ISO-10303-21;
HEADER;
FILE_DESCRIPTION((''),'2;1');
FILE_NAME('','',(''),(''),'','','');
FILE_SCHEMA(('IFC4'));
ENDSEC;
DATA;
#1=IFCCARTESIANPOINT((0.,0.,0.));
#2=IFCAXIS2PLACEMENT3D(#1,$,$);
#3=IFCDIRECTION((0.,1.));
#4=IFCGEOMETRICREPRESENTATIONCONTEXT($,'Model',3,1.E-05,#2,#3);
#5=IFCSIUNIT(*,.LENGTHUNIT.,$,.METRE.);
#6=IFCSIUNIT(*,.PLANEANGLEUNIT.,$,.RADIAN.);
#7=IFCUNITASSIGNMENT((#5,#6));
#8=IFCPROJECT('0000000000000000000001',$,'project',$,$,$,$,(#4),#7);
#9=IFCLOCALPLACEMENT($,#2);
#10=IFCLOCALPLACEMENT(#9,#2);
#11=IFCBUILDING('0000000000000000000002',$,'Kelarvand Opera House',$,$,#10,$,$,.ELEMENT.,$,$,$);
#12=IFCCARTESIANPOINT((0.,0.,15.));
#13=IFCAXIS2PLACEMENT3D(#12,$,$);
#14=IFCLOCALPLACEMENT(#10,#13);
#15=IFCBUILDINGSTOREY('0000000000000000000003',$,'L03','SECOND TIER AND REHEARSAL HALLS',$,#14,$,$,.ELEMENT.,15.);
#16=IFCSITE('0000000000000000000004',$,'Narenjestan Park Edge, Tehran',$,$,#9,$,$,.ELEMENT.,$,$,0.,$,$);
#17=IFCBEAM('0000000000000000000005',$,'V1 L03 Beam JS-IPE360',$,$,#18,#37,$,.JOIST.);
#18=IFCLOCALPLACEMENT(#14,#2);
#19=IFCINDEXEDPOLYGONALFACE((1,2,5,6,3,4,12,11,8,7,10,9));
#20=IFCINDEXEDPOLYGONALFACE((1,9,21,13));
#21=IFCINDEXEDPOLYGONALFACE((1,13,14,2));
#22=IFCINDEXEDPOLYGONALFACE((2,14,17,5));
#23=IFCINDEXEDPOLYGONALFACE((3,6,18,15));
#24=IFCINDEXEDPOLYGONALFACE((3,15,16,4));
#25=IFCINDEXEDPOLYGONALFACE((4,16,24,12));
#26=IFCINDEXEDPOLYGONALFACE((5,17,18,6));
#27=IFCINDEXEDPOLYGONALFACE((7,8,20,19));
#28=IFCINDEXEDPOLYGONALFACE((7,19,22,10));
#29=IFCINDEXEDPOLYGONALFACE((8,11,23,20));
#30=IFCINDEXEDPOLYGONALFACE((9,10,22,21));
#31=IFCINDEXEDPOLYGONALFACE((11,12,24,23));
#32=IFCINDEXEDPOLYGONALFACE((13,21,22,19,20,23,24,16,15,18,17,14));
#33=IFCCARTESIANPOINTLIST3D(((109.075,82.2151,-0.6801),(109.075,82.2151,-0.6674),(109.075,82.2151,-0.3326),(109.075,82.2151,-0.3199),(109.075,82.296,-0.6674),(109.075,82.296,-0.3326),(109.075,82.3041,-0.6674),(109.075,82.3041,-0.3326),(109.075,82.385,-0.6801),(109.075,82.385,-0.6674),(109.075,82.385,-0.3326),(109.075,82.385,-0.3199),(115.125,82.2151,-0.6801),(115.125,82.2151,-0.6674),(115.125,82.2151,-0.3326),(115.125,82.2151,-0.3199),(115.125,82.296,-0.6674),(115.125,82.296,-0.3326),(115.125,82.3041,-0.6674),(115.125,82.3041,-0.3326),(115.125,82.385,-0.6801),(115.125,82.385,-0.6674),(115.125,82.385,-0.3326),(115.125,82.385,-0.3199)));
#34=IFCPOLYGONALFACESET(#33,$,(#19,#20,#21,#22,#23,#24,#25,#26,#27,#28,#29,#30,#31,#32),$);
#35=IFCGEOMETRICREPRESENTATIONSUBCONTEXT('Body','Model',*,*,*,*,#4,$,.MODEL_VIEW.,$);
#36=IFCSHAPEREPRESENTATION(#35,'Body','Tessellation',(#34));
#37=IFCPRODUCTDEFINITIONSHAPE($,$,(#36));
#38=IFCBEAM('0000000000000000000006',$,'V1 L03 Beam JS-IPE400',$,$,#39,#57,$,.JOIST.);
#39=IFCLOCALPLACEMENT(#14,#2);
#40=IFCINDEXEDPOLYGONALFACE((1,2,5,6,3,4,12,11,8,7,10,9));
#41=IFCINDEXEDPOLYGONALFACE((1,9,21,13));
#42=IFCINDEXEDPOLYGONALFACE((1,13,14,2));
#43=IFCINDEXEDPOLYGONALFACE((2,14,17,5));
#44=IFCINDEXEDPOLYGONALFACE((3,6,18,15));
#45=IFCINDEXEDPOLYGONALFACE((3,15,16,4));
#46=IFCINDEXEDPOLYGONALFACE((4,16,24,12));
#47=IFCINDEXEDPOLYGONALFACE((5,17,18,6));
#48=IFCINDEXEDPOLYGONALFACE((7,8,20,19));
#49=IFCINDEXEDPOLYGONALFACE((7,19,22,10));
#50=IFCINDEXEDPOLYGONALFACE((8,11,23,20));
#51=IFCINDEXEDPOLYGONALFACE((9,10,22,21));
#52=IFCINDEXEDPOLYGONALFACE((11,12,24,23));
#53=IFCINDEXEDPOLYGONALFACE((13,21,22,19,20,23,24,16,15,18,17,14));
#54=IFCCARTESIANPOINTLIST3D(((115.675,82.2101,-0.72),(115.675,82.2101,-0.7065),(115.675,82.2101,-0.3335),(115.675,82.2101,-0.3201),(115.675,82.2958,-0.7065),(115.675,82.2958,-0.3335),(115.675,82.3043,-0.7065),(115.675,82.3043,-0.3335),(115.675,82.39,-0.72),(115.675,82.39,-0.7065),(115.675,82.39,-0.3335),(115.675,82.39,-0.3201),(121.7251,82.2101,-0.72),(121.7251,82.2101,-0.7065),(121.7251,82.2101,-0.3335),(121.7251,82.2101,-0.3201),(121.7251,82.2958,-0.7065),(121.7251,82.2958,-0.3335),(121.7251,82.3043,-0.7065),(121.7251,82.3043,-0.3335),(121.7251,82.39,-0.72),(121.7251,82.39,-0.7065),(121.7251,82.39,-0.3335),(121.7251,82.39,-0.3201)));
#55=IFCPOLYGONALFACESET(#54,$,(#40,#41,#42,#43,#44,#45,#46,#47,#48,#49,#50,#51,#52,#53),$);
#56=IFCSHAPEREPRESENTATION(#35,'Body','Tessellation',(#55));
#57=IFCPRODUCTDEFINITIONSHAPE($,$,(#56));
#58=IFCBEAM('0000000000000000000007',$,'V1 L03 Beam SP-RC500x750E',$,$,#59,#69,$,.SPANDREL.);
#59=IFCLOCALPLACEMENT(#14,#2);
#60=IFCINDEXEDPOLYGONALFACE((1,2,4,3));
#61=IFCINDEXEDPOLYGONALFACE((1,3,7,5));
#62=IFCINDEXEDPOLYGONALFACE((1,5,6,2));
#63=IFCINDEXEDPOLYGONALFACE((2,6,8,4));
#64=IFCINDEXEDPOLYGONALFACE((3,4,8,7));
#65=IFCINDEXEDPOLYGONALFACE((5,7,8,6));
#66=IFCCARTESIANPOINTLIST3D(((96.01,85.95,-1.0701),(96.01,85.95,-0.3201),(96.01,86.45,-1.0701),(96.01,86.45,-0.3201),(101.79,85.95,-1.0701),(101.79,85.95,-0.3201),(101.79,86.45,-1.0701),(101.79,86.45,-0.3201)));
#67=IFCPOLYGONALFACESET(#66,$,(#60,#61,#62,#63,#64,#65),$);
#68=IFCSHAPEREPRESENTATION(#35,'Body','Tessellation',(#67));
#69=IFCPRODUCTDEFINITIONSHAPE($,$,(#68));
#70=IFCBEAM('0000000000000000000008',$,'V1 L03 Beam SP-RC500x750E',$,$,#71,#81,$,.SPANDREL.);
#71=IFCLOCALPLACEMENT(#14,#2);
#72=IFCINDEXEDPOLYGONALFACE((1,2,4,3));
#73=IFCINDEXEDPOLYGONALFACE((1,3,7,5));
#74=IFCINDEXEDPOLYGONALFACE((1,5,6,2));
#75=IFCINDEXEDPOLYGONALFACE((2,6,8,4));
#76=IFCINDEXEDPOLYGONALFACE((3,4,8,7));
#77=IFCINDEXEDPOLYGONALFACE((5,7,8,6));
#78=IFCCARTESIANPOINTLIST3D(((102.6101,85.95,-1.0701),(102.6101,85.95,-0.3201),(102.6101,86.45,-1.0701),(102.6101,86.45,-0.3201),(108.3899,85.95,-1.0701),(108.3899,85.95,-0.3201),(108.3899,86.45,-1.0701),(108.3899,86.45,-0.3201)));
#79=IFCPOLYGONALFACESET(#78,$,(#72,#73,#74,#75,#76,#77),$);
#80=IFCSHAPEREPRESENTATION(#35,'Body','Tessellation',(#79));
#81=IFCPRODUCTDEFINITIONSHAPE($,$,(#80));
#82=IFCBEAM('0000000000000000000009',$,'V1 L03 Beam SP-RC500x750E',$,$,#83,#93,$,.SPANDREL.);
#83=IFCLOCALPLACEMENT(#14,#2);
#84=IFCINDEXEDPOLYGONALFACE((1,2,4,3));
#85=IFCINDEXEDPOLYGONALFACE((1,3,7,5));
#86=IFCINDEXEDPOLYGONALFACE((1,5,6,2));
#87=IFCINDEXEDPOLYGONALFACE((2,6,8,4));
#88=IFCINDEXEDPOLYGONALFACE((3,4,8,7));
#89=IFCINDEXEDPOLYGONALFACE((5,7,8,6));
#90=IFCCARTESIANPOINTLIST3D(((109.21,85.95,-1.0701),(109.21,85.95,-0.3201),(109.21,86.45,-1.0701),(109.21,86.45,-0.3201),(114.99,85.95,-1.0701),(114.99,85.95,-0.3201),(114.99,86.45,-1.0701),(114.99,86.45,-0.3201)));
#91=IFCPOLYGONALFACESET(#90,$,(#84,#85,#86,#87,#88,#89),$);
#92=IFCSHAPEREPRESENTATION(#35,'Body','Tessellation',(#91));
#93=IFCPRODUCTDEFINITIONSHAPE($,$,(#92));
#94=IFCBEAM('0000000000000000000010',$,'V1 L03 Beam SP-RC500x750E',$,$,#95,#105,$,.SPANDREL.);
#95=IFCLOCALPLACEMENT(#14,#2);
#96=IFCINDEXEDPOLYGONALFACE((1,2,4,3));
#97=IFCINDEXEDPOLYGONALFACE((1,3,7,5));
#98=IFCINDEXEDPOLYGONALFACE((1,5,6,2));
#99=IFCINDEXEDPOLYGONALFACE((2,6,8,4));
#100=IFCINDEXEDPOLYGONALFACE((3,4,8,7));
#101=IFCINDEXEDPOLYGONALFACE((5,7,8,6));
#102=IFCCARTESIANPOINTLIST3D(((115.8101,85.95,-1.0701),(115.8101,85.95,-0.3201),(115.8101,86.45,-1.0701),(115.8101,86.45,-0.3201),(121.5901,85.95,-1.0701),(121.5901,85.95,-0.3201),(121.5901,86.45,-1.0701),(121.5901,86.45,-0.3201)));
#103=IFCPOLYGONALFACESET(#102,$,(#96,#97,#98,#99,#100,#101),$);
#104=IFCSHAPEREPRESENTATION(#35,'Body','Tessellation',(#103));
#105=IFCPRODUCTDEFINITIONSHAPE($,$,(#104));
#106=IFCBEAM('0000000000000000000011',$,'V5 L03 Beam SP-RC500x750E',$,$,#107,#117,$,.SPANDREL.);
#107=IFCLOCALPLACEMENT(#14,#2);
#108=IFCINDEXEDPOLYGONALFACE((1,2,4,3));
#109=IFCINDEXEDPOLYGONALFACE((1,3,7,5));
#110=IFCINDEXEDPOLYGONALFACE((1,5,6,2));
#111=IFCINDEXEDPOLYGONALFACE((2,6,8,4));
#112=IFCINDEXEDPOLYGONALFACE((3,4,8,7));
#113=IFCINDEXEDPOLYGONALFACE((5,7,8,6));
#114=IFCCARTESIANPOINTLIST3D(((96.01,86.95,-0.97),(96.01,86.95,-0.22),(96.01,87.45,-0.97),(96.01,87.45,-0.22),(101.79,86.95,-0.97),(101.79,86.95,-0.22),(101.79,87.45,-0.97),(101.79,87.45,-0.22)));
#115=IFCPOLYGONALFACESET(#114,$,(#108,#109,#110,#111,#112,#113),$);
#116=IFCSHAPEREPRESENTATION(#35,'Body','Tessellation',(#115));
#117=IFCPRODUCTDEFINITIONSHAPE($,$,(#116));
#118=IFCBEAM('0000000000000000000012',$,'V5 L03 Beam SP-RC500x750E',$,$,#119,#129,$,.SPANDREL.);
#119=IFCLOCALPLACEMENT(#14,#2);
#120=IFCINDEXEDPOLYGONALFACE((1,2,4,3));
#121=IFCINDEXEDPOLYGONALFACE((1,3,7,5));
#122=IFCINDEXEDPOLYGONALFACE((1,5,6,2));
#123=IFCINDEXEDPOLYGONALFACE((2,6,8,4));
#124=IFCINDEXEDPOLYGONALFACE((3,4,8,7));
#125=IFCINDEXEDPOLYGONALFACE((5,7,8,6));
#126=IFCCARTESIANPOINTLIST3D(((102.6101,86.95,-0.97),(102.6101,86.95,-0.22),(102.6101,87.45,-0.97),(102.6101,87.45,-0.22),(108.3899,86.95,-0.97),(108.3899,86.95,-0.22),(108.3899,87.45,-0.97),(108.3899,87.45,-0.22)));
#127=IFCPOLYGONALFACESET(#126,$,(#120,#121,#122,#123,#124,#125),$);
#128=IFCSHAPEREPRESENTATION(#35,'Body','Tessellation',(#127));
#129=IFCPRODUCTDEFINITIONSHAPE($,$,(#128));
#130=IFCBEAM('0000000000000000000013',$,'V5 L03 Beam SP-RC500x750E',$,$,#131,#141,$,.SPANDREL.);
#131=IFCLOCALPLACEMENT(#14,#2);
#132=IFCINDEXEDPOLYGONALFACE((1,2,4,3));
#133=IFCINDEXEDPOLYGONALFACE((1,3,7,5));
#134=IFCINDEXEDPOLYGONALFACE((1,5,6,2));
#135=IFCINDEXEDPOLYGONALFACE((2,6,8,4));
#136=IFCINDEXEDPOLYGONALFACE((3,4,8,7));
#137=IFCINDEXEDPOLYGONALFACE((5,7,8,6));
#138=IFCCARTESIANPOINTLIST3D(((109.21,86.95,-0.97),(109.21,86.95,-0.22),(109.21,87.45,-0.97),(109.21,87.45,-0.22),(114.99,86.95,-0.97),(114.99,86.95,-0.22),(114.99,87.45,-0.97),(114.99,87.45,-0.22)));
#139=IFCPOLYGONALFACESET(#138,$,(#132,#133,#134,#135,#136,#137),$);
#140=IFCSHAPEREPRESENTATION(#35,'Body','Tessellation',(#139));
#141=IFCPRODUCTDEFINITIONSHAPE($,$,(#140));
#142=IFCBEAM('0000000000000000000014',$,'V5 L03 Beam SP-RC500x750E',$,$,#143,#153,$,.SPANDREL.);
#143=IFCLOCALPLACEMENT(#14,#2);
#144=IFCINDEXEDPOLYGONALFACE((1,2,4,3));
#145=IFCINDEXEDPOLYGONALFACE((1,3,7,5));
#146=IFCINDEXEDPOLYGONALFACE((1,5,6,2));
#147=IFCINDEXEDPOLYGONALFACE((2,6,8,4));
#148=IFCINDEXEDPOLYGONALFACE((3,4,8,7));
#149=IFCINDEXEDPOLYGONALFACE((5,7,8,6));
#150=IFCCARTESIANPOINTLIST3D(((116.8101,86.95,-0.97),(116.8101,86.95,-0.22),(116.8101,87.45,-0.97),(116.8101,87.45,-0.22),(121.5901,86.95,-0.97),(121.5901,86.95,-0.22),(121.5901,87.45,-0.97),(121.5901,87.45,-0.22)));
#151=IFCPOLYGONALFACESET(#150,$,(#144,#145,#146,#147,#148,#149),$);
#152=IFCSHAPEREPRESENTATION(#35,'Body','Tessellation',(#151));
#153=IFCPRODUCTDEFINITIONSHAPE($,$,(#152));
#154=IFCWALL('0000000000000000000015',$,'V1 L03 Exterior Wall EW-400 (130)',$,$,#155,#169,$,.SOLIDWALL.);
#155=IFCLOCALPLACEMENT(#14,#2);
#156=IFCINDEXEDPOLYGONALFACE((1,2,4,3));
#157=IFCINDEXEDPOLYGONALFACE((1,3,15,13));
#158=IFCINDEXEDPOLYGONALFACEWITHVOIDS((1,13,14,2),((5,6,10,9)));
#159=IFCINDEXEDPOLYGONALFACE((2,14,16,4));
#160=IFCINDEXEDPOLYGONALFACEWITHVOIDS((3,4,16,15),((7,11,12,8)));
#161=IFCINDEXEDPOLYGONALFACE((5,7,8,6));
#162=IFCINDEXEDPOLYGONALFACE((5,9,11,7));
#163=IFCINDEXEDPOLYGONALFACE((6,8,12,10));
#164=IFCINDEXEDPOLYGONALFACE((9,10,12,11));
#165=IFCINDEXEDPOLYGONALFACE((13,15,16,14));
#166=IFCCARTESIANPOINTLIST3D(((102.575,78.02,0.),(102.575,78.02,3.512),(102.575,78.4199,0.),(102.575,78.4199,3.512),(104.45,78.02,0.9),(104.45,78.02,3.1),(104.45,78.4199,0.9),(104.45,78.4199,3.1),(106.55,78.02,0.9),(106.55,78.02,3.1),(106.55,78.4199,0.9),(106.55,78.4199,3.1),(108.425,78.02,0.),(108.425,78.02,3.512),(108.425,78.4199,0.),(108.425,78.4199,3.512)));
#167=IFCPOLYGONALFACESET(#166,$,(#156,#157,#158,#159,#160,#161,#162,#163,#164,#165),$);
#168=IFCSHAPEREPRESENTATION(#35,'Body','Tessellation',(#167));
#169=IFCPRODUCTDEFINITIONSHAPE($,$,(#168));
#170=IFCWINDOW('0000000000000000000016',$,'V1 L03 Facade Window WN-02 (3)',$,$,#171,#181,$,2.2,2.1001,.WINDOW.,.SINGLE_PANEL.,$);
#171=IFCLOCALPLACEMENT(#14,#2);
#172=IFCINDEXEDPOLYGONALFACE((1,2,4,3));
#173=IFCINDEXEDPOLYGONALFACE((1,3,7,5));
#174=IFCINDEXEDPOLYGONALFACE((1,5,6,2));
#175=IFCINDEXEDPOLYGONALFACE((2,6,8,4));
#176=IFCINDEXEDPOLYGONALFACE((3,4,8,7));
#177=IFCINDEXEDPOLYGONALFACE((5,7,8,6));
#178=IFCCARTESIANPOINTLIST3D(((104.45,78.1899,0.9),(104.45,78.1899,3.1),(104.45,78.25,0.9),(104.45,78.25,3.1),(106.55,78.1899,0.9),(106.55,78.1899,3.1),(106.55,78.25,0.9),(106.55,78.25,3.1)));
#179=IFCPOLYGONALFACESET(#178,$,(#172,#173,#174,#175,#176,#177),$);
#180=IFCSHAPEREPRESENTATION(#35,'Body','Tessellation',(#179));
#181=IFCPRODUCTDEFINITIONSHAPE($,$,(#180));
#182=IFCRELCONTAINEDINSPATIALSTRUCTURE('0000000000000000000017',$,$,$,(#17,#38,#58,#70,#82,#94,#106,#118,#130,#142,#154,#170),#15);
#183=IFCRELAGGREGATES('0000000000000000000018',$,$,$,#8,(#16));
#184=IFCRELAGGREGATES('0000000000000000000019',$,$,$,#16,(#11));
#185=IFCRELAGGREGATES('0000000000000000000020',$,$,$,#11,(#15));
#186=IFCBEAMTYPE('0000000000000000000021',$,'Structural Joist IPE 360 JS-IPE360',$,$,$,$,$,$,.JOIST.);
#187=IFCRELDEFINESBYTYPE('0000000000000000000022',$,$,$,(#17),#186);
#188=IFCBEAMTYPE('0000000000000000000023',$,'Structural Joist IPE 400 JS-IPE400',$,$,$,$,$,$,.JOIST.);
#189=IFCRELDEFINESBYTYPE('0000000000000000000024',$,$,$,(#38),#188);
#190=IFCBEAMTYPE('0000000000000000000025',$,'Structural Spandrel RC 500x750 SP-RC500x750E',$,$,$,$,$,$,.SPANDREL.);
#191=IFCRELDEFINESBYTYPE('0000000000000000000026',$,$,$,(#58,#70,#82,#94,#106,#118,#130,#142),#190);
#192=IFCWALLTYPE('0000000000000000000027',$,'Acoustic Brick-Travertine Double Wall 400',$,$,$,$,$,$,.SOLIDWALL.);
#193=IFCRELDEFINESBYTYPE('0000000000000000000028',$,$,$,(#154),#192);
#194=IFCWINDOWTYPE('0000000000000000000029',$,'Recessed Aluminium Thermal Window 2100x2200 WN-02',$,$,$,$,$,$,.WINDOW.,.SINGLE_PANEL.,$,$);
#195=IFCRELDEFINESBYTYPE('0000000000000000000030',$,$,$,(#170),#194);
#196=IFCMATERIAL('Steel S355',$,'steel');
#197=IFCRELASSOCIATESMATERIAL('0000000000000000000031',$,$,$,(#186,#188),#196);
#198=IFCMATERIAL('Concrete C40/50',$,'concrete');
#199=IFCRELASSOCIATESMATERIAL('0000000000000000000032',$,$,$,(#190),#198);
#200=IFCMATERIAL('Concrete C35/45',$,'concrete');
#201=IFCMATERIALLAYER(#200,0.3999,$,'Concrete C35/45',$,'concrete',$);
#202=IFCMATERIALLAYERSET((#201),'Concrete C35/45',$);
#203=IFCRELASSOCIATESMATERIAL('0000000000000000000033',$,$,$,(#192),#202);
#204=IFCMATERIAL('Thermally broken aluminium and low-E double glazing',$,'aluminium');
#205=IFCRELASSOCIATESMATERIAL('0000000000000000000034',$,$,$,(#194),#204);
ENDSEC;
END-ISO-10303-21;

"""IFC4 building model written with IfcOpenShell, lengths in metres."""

from ifc_helpers import new_model, si_unit, direction, frame, frame_2d, origin, origin_2d, place, context, subcontext, project, spatial, rectangle, i_section, extrude, material, layer, layer_set, material_profile, profile_set, type_object, element, fill, save


model = new_model("IFC4")

# Units and contexts
model_context = context("Model", 3, precision=1e-05, world=origin(), true_north=direction((0.0, 1.0)))
body_context = subcontext(model_context, "Body", "Model", "MODEL_VIEW")
ifc_project = project(units=[si_unit("LENGTHUNIT", "METRE"), si_unit("PLANEANGLEUNIT", "RADIAN")], contexts=[model_context])

# Site, building, storey
site_placement = place(None, origin())
site = spatial("IfcSite", under=ifc_project, at=site_placement, Name="Narenjestan Park Edge, Tehran", CompositionType="ELEMENT", RefElevation=0.0)
building_placement = place(site_placement, origin())
building = spatial("IfcBuilding", under=site, at=building_placement, Name="Kelarvand Opera House", CompositionType="ELEMENT")
storey_placement = place(building_placement, frame((0.0, 0.0, 15.0)))
storey = spatial("IfcBuildingStorey", under=building, at=storey_placement, Name="L03", Description="SECOND TIER AND REHEARSAL HALLS", CompositionType="ELEMENT", Elevation=15.0)

# Shared definitions
ifc_material_1 = material(Name="Concrete C40/50", Category="concrete")

# Shared definitions
ifc_material_2 = material(Name="Concrete C35/45", Category="concrete")

# Shared definitions
ifc_material_3 = material(Name="Steel S355", Category="steel")

# Beams
ifc_material_profile_1 = material_profile(ifc_material_3, i_section(OverallWidth=0.1699, OverallDepth=0.3601, WebThickness=0.0081, FlangeThickness=0.0127, at=origin_2d()), Name="IPE 360", Category="steel")
ifc_profile_set_1 = profile_set([ifc_material_profile_1], Name="Steel S355")
beam_type_1 = type_object("IfcBeamType", Name="Structural Joist IPE 360 JS-IPE360", PredefinedType="JOIST", material=ifc_profile_set_1)
beam_1_placement = place(storey_placement, frame((109.075, 82.3, -0.5), z_axis=(1.0, 0.0, 0.0), x_axis=(0.0, 1.0, 0.0)))
element("IfcBeam", 1, at=beam_1_placement, inside=storey, type_object=beam_type_1, Name="V1 L03 Beam JS-IPE360", PredefinedType="JOIST", context=body_context, shape_type="SweptSolid", body=[
    extrude(i_section(OverallWidth=0.1699, OverallDepth=0.3601, WebThickness=0.0081, FlangeThickness=0.0127, at=origin_2d()), origin(), (0.0, 0.0, 1.0), 6.05),
])
ifc_material_profile_2 = material_profile(ifc_material_3, i_section(OverallWidth=0.1799, OverallDepth=0.3999, WebThickness=0.0085, FlangeThickness=0.0134, at=origin_2d()), Name="IPE 400", Category="steel")
ifc_profile_set_2 = profile_set([ifc_material_profile_2], Name="Steel S355")
beam_type_2 = type_object("IfcBeamType", Name="Structural Joist IPE 400 JS-IPE400", PredefinedType="JOIST", material=ifc_profile_set_2)
beam_2_placement = place(storey_placement, frame((115.675, 82.3, -0.52), z_axis=(1.0, 0.0, 0.0), x_axis=(0.0, 1.0, 0.0)))
element("IfcBeam", 2, at=beam_2_placement, inside=storey, type_object=beam_type_2, Name="V1 L03 Beam JS-IPE400", PredefinedType="JOIST", context=body_context, shape_type="SweptSolid", body=[
    extrude(i_section(OverallWidth=0.1799, OverallDepth=0.3999, WebThickness=0.0085, FlangeThickness=0.0134, at=origin_2d()), origin(), (0.0, 0.0, 1.0), 6.05),
])
ifc_material_profile_3 = material_profile(ifc_material_1, rectangle(XDim=0.5, YDim=0.75, at=origin_2d()), Name="RC 500x750", Category="concrete")
ifc_profile_set_3 = profile_set([ifc_material_profile_3], Name="Concrete C40/50")
beam_type_3 = type_object("IfcBeamType", Name="Structural Spandrel RC 500x750 SP-RC500x750E", PredefinedType="SPANDREL", material=ifc_profile_set_3)
beam_3_placement = place(storey_placement, frame((96.01, 86.2, -0.6951), z_axis=(1.0, 0.0, 0.0), x_axis=(0.0, 1.0, 0.0)))
element("IfcBeam", 3, at=beam_3_placement, inside=storey, type_object=beam_type_3, Name="V1 L03 Beam SP-RC500x750E", PredefinedType="SPANDREL", context=body_context, shape_type="SweptSolid", body=[
    extrude(rectangle(XDim=0.5, YDim=0.75, at=origin_2d()), origin(), (0.0, 0.0, 1.0), 5.78),
])
beam_4_placement = place(storey_placement, frame((102.6101, 86.2, -0.6951), z_axis=(1.0, 0.0, 0.0), x_axis=(0.0, 1.0, 0.0)))
element("IfcBeam", 4, at=beam_4_placement, inside=storey, type_object=beam_type_3, Name="V1 L03 Beam SP-RC500x750E", PredefinedType="SPANDREL", context=body_context, shape_type="SweptSolid", body=[
    extrude(rectangle(XDim=0.5, YDim=0.75, at=origin_2d()), origin(), (0.0, 0.0, 1.0), 5.7798),
])
for number, where, z_axis, x_axis, name in (
    (5, (109.21, 86.2, -0.6951), (1.0, 0.0, 0.0), (0.0, 1.0, 0.0), "V1 L03 Beam SP-RC500x750E"),
    (6, (115.8101, 86.2, -0.6951), (1.0, 0.0, 0.0), (0.0, 1.0, 0.0), "V1 L03 Beam SP-RC500x750E"),
    (7, (96.01, 87.2, -0.595), (1.0, 0.0, 0.0), (0.0, 1.0, 0.0), "V5 L03 Beam SP-RC500x750E"),
):
    element("IfcBeam", number, at=place(storey_placement, frame(where, z_axis=z_axis, x_axis=x_axis)), inside=storey, type_object=beam_type_3, Name=name, PredefinedType="SPANDREL", context=body_context, shape_type="SweptSolid", body=[
        extrude(rectangle(XDim=0.5, YDim=0.75, at=origin_2d()), origin(), (0.0, 0.0, 1.0), 5.78),
    ])
beam_5_placement = place(storey_placement, frame((102.6101, 87.2, -0.595), z_axis=(1.0, 0.0, 0.0), x_axis=(0.0, 1.0, 0.0)))
element("IfcBeam", 8, at=beam_5_placement, inside=storey, type_object=beam_type_3, Name="V5 L03 Beam SP-RC500x750E", PredefinedType="SPANDREL", context=body_context, shape_type="SweptSolid", body=[
    extrude(rectangle(XDim=0.5, YDim=0.75, at=origin_2d()), origin(), (0.0, 0.0, 1.0), 5.7798),
])
beam_6_placement = place(storey_placement, frame((109.21, 87.2, -0.595), z_axis=(1.0, 0.0, 0.0), x_axis=(0.0, 1.0, 0.0)))
element("IfcBeam", 9, at=beam_6_placement, inside=storey, type_object=beam_type_3, Name="V5 L03 Beam SP-RC500x750E", PredefinedType="SPANDREL", context=body_context, shape_type="SweptSolid", body=[
    extrude(rectangle(XDim=0.5, YDim=0.75, at=origin_2d()), origin(), (0.0, 0.0, 1.0), 5.78),
])
beam_7_placement = place(storey_placement, frame((116.8101, 87.2, -0.595), z_axis=(1.0, 0.0, 0.0), x_axis=(0.0, 1.0, 0.0)))
element("IfcBeam", 10, at=beam_7_placement, inside=storey, type_object=beam_type_3, Name="V5 L03 Beam SP-RC500x750E", PredefinedType="SPANDREL", context=body_context, shape_type="SweptSolid", body=[
    extrude(rectangle(XDim=0.5, YDim=0.75, at=origin_2d()), origin(), (0.0, 0.0, 1.0), 4.78),
])

# Wall, opening, window
ifc_layer = layer(ifc_material_2, 0.3999, Name="Concrete C35/45", Category="concrete")
ifc_layer_set = layer_set([ifc_layer], Name="Concrete C35/45")
wall_type = type_object("IfcWallType", Name="Acoustic Brick-Travertine Double Wall 400", PredefinedType="SOLIDWALL", material=ifc_layer_set)
wall_placement = place(storey_placement, frame((102.575, 78.22, 0.0), z_axis=(0.0, 0.0, 1.0), x_axis=(1.0, 0.0, 0.0)))
wall = element("IfcWall", 11, at=wall_placement, inside=storey, type_object=wall_type, Name="V1 L03 Exterior Wall EW-400 (130)", PredefinedType="SOLIDWALL", context=body_context, shape_type="SweptSolid", body=[
    extrude(rectangle(XDim=5.8501, YDim=0.3999, at=frame_2d((2.925, 0.0))), origin(), (0.0, 0.0, 1.0), 3.512),
])
opening_placement = place(wall_placement, frame((1.875, 0.0, 0.8999)))
opening = element("IfcOpeningElement", 12, at=opening_placement, cuts=wall, PredefinedType="OPENING", context=body_context, shape_type="SweptSolid", body=[
    extrude(rectangle(XDim=2.1001, YDim=2.2, at=frame_2d((1.05, 1.1001))), frame((0.0, 0.21, 0.0), z_axis=(0.0, -1.0, 0.0), x_axis=(1.0, 0.0, 0.0)), (0.0, 0.0, 1.0), 0.4199),
])
ifc_material_4 = material(Name="Thermally broken aluminium and low-E double glazing", Category="aluminium")
window_type = type_object("IfcWindowType", Name="Recessed Aluminium Thermal Window 2100x2200 WN-02", PartitioningType="SINGLE_PANEL", PredefinedType="WINDOW", material=ifc_material_4)
window_placement = place(opening_placement, origin())
window = element("IfcWindow", 13, at=window_placement, inside=storey, type_object=window_type, Name="V1 L03 Facade Window WN-02 (3)", OverallHeight=2.2, OverallWidth=2.1001, PartitioningType="SINGLE_PANEL", PredefinedType="WINDOW", context=body_context, shape_type="SweptSolid", body=[
    extrude(rectangle(XDim=2.1001, YDim=2.2, at=frame_2d((1.05, 1.1001))), frame((0.0, 0.03, 0.0), z_axis=(0.0, -1.0, 0.0), x_axis=(1.0, 0.0, 0.0)), (0.0, 0.0, 1.0), 0.0601),
])
fill(opening, window)

save(model, "model.ifc")
